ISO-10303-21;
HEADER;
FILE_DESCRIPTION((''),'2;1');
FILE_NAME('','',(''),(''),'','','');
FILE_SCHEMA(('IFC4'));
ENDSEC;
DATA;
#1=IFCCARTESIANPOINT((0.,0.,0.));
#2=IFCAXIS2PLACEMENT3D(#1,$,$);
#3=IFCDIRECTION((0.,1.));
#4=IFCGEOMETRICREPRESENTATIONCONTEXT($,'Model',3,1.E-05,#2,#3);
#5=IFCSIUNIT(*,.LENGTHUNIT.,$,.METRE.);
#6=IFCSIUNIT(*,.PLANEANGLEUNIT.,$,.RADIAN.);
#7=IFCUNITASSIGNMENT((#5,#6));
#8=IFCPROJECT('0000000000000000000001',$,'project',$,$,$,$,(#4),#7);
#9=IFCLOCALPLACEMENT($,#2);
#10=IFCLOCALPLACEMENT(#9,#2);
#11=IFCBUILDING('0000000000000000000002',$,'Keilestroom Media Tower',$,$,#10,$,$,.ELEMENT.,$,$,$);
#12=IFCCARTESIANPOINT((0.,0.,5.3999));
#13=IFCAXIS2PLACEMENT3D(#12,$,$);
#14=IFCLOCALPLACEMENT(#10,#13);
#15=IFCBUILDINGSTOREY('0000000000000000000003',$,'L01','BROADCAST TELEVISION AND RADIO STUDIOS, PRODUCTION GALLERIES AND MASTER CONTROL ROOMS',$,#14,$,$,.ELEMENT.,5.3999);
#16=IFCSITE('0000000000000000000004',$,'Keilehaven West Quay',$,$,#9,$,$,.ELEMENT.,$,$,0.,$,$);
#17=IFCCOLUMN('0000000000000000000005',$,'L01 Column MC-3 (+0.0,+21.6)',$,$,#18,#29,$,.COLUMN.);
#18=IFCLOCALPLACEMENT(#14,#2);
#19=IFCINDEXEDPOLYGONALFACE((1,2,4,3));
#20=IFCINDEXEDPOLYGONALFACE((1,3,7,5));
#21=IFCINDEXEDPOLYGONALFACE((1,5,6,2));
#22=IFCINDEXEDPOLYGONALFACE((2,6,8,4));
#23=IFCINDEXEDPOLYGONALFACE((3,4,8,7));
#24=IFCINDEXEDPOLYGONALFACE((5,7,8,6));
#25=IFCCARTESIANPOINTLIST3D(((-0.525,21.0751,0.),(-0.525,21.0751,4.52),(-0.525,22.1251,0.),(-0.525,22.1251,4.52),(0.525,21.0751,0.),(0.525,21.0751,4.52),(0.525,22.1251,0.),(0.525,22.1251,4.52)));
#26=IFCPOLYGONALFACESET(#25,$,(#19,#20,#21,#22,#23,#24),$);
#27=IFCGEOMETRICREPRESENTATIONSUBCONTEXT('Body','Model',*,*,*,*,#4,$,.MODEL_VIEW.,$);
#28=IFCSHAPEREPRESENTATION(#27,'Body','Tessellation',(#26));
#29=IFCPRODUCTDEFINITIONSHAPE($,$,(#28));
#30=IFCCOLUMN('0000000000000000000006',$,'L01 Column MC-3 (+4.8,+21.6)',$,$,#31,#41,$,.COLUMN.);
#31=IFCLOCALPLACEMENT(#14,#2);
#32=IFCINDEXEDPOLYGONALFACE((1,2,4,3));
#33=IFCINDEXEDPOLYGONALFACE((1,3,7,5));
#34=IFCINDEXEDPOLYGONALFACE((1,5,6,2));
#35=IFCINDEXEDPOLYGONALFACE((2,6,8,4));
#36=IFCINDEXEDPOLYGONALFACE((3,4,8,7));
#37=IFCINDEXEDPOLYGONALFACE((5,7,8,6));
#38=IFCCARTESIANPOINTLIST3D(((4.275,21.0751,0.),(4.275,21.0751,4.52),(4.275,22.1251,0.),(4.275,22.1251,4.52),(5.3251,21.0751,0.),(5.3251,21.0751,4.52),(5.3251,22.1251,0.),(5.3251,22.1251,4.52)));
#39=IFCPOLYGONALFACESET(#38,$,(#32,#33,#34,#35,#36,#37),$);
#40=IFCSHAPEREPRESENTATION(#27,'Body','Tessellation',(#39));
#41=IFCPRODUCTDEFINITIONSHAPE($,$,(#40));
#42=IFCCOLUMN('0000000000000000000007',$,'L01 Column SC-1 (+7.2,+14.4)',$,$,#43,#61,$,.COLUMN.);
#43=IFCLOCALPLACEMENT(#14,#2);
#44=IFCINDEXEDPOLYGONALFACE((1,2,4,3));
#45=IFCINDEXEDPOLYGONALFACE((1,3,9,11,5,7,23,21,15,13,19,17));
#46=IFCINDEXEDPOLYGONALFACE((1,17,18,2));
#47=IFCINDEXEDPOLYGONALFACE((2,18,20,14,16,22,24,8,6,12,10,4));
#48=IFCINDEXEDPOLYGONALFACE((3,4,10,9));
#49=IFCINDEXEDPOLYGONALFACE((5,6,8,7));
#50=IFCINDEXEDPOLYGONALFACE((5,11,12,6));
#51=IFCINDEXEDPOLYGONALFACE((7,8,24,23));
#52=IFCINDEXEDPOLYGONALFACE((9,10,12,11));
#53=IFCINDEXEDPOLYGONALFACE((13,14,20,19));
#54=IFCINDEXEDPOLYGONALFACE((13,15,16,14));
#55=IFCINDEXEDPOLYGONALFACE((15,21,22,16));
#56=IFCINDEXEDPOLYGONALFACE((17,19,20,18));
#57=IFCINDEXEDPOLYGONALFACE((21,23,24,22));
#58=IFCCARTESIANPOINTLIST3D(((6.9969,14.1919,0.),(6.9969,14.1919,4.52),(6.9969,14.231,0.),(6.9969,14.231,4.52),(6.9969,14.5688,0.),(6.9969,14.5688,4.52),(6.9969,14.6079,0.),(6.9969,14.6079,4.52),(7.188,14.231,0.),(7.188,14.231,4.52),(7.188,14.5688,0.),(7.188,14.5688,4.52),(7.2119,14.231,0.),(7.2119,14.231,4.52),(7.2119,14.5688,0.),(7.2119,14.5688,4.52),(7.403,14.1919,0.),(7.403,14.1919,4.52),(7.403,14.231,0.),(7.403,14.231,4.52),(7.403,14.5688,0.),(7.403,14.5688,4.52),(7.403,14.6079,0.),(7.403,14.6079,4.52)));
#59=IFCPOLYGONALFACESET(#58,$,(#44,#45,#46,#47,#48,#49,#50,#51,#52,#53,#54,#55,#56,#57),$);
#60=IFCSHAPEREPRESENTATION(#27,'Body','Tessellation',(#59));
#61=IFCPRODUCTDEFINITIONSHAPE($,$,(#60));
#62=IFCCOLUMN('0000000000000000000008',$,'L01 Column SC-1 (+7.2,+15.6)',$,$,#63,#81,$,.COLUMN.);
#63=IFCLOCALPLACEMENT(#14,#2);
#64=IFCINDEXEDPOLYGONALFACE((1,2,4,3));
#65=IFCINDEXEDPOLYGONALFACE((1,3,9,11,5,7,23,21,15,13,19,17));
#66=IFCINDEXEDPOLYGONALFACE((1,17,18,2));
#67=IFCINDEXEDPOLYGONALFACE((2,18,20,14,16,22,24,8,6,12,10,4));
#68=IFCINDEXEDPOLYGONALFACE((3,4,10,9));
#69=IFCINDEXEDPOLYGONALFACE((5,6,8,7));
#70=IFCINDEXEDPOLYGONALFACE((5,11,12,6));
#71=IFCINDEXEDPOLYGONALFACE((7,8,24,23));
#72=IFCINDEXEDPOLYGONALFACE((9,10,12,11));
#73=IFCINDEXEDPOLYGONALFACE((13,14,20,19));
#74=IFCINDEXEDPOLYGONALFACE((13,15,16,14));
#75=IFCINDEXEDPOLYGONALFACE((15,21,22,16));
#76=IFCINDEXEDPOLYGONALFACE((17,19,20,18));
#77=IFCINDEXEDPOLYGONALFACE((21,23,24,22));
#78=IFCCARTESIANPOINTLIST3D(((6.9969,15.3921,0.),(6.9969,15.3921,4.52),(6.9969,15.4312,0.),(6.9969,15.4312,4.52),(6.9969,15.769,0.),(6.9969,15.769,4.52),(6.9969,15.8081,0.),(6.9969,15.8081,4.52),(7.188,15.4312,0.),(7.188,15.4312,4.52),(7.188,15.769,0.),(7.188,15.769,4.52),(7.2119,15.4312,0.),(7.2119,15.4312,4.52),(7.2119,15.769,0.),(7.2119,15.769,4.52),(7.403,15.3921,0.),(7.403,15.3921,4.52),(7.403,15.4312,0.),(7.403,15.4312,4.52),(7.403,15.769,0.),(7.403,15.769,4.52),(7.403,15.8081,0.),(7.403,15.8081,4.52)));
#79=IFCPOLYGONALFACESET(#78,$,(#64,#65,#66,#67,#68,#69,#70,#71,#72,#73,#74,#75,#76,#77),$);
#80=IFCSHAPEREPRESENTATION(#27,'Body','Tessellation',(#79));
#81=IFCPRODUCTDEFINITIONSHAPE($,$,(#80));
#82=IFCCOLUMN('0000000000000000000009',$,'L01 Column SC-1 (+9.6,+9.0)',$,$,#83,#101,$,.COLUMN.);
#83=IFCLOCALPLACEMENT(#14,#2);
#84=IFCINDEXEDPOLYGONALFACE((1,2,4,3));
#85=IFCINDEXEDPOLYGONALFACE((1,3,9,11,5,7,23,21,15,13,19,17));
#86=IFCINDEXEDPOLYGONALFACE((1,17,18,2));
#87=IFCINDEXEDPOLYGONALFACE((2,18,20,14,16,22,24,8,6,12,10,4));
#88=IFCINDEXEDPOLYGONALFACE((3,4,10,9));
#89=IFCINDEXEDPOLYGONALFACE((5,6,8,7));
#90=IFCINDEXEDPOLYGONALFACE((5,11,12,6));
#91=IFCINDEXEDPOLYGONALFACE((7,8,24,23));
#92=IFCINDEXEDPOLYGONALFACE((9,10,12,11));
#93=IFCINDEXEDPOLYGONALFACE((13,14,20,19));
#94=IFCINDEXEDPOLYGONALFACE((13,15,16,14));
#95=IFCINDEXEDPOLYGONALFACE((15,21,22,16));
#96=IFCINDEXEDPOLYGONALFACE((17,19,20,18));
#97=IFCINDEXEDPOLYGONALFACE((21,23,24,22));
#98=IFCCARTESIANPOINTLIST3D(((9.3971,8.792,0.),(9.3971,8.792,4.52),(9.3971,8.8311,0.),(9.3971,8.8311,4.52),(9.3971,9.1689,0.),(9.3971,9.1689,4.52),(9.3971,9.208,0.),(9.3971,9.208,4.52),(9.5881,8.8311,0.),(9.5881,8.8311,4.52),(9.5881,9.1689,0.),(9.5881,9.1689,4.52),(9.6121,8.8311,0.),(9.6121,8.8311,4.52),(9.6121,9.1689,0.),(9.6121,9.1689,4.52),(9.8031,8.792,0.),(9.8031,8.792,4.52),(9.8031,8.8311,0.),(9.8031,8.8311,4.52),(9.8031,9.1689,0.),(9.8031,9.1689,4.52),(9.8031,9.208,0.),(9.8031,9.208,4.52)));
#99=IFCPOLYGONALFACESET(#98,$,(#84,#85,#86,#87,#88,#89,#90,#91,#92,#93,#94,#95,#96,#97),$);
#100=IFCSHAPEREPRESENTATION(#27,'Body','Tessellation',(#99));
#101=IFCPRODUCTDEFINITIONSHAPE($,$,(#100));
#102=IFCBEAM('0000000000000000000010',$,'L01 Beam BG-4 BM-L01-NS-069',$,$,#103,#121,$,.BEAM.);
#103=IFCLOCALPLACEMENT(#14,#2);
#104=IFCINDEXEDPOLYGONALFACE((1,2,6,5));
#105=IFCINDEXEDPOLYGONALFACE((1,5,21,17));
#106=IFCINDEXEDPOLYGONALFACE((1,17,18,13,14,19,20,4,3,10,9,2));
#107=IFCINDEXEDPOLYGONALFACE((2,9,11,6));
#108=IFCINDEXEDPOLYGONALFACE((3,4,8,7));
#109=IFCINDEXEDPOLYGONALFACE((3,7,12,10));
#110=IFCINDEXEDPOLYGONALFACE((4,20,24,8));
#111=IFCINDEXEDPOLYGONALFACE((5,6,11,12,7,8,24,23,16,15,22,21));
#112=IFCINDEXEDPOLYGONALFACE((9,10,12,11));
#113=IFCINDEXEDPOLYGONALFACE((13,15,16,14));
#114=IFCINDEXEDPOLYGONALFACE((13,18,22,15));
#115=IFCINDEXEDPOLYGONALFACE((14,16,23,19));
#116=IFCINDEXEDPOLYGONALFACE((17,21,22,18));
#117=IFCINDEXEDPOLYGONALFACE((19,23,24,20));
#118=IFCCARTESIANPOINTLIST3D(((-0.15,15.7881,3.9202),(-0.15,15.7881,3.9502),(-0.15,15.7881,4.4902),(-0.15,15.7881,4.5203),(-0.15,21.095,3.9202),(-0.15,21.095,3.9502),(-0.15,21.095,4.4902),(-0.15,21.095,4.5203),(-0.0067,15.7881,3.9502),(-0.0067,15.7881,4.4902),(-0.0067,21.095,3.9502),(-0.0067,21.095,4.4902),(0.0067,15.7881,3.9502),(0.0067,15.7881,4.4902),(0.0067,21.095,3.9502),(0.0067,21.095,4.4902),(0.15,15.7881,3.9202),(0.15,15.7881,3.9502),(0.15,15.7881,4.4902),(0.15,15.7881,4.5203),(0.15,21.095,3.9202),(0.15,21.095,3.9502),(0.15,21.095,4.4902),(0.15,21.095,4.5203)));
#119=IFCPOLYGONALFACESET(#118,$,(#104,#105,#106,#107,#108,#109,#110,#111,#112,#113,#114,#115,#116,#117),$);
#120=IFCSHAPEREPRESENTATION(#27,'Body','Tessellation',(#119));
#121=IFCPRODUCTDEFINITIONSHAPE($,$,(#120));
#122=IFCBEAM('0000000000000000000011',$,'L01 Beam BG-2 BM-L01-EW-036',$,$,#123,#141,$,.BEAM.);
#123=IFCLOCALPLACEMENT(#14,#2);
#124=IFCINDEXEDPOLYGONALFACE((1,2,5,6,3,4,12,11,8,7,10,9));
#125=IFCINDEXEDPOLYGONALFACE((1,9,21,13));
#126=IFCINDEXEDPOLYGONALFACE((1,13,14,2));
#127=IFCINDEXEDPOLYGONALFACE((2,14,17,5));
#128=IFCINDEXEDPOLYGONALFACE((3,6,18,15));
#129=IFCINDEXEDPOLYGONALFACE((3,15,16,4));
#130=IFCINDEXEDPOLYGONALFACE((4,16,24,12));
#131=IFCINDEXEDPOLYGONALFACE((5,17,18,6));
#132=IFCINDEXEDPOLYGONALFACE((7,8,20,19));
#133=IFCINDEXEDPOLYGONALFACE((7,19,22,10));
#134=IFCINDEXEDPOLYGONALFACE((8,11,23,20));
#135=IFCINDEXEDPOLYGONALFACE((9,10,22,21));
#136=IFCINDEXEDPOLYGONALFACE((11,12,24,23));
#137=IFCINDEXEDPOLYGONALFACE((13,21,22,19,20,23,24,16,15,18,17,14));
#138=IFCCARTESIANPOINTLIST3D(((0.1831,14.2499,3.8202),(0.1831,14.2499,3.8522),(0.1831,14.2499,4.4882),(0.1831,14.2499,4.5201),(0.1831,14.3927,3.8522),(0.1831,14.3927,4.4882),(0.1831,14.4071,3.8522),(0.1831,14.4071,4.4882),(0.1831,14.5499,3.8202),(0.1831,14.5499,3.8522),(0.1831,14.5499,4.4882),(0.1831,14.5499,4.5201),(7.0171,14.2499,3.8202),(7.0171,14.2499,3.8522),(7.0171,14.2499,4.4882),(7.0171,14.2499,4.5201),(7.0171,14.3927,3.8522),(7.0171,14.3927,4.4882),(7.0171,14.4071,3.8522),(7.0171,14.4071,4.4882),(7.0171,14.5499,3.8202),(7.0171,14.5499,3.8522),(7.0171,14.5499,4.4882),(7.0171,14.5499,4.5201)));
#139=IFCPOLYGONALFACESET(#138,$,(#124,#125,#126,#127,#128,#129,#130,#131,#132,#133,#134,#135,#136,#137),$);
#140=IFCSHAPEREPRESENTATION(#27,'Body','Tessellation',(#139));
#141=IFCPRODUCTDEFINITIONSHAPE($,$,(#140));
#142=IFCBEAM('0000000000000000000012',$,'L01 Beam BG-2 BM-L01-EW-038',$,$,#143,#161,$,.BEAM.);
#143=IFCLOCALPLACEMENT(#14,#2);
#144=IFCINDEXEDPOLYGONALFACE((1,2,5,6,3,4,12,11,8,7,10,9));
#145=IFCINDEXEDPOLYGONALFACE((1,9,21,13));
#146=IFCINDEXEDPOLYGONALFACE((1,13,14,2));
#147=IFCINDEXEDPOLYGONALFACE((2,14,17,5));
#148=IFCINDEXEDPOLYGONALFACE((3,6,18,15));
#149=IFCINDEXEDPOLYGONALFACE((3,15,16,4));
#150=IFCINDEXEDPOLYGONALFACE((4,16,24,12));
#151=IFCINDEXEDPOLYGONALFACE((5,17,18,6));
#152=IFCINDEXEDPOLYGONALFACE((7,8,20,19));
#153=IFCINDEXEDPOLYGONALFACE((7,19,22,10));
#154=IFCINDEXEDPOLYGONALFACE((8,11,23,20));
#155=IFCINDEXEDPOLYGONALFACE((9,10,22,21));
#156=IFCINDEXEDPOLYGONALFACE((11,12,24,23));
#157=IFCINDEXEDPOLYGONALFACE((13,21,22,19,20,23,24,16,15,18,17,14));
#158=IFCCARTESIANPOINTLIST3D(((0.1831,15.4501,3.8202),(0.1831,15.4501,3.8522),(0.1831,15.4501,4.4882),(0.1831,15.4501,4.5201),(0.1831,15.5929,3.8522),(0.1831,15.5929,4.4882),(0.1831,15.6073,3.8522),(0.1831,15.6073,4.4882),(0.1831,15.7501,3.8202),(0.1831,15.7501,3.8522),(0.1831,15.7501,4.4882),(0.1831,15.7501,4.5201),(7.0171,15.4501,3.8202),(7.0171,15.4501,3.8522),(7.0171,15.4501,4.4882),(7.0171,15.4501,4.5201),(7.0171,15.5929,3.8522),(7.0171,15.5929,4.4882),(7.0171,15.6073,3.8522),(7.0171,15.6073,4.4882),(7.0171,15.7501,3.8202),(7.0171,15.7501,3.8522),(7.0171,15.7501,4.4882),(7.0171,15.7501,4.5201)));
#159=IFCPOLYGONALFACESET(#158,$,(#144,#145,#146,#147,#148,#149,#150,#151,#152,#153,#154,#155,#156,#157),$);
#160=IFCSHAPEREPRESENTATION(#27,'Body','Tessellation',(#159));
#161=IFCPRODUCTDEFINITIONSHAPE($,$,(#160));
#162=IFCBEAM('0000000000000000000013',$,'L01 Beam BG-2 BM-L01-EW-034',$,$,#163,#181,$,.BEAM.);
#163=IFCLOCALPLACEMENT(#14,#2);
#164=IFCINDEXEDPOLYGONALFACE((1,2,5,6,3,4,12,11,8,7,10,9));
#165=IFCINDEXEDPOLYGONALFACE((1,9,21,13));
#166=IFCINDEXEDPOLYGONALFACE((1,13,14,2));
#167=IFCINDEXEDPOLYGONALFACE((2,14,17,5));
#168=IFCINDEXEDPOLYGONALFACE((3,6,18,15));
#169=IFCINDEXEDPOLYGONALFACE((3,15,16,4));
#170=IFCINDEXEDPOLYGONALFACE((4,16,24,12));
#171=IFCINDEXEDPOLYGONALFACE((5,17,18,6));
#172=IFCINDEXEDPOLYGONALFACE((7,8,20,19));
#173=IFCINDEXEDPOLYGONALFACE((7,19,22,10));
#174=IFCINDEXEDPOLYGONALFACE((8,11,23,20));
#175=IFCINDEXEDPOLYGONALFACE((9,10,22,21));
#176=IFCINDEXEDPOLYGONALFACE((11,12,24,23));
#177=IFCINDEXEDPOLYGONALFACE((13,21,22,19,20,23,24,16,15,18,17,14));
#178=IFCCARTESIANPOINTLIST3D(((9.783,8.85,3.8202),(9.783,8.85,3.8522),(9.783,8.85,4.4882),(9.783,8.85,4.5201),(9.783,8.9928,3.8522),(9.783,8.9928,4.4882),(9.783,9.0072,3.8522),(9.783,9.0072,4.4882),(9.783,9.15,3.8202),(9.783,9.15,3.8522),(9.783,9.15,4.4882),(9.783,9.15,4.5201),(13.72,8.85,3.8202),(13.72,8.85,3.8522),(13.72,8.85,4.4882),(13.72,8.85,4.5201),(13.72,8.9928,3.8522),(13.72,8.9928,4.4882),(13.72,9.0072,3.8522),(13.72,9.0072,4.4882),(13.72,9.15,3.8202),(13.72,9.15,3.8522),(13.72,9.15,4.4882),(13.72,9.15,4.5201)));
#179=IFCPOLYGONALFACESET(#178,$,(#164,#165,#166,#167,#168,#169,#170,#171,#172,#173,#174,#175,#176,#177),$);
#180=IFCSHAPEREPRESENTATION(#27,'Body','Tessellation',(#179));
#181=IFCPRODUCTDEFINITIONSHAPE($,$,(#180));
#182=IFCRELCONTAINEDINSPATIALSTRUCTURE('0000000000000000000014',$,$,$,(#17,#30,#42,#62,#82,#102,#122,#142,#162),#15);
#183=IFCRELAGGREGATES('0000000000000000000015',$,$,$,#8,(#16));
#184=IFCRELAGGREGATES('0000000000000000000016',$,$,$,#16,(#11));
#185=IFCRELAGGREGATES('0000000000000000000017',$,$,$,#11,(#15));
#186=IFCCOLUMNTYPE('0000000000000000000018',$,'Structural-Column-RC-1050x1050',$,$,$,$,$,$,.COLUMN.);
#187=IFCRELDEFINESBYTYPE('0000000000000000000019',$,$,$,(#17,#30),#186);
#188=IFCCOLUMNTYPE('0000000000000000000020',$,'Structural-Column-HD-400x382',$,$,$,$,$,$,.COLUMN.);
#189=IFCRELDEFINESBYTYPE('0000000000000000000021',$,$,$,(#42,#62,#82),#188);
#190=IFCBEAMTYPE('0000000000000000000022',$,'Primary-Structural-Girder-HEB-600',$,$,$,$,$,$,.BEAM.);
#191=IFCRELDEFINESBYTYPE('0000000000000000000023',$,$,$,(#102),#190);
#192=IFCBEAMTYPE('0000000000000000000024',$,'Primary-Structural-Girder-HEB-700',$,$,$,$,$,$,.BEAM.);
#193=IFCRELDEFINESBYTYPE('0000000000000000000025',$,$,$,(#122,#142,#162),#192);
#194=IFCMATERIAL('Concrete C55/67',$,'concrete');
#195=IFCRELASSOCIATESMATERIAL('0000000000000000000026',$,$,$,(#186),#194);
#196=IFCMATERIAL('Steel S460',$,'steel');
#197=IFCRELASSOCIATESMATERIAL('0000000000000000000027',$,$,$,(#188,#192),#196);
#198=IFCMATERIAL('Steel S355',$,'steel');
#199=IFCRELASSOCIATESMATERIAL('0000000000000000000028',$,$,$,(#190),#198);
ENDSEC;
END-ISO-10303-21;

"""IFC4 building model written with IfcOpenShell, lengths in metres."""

from ifc_helpers import new_model, si_unit, direction, frame, origin, origin_2d, place, context, subcontext, project, spatial, rectangle, i_section, extrude, source, transform, mapped, material, material_profile, profile_set, type_object, element, save


model = new_model("IFC4")

# Units and contexts
model_context = context("Model", 3, precision=1e-05, world=origin(), true_north=direction((0.0, 1.0)))
body_context = subcontext(model_context, "Body", "Model", "MODEL_VIEW")
ifc_project = project(units=[si_unit("LENGTHUNIT", "METRE"), si_unit("PLANEANGLEUNIT", "RADIAN")], contexts=[model_context])

# Site, building, storey
site_placement = place(None, origin())
site = spatial("IfcSite", under=ifc_project, at=site_placement, Name="Keilehaven West Quay", CompositionType="ELEMENT", RefElevation=0.0)
building_placement = place(site_placement, origin())
building = spatial("IfcBuilding", under=site, at=building_placement, Name="Keilestroom Media Tower", CompositionType="ELEMENT")
storey_placement = place(building_placement, frame((0.0, 0.0, 5.3999)))
storey = spatial("IfcBuildingStorey", under=building, at=storey_placement, Name="L01", Description="BROADCAST TELEVISION AND RADIO STUDIOS, PRODUCTION GALLERIES AND MASTER CONTROL ROOMS", CompositionType="ELEMENT", Elevation=5.3999)

# Columns
ifc_material_1 = material(Name="Concrete C55/67", Category="concrete")
ifc_material_profile_1 = material_profile(ifc_material_1, rectangle(XDim=1.05, YDim=1.05, at=origin_2d()), Name="RC 1050x1050")
ifc_profile_set_1 = profile_set([ifc_material_profile_1], Name="Concrete C55/67")
column_type_1 = type_object("IfcColumnType", Name="Structural-Column-RC-1050x1050", PredefinedType="COLUMN", material=ifc_profile_set_1)
shared_shape_1 = source(origin(), body_context, "Body", "SweptSolid", [
    extrude(rectangle(XDim=1.05, YDim=1.05, at=origin_2d()), origin(), (0.0, 0.0, 1.0), 4.52),
])
for number, where, z_axis, x_axis, name in (
    (1, (0.0, 21.6001, 0.0), (0.0, 0.0, 1.0), (1.0, 0.0, 0.0), "L01 Column MC-3 (+0.0,+21.6)"),
    (2, (4.8, 21.6001, 0.0), (0.0, 0.0, 1.0), (1.0, 0.0, 0.0), "L01 Column MC-3 (+4.8,+21.6)"),
):
    element("IfcColumn", number, at=place(storey_placement, frame(where, z_axis=z_axis, x_axis=x_axis)), inside=storey, type_object=column_type_1, Name=name, PredefinedType="COLUMN", context=body_context, shape_type="MappedRepresentation", body=[
        mapped(shared_shape_1, transform((0.0, 0.0, 0.0), x_axis=(1.0, 0.0, 0.0), y_axis=(0.0, 1.0, 0.0), z_axis=(0.0, 0.0, 1.0), scale=1.0)),
    ])
ifc_material_2 = material(Name="Steel S460", Category="steel")
ifc_material_profile_2 = material_profile(ifc_material_2, i_section(OverallWidth=0.406, OverallDepth=0.416, WebThickness=0.0239, FlangeThickness=0.0391, at=origin_2d()), Name="HD 400x382")
ifc_profile_set_2 = profile_set([ifc_material_profile_2], Name="Steel S460")
column_type_2 = type_object("IfcColumnType", Name="Structural-Column-HD-400x382", PredefinedType="COLUMN", material=ifc_profile_set_2)
shared_shape_2 = source(origin(), body_context, "Body", "SweptSolid", [
    extrude(i_section(OverallWidth=0.406, OverallDepth=0.416, WebThickness=0.0239, FlangeThickness=0.0391, at=origin_2d()), origin(), (0.0, 0.0, 1.0), 4.52),
])
for number, where, z_axis, x_axis, name in (
    (3, (7.2, 14.3999, 0.0), (0.0, 0.0, 1.0), (1.0, 0.0, 0.0), "L01 Column SC-1 (+7.2,+14.4)"),
    (4, (7.2, 15.6001, 0.0), (0.0, 0.0, 1.0), (1.0, 0.0, 0.0), "L01 Column SC-1 (+7.2,+15.6)"),
    (5, (9.6001, 9.0, 0.0), (0.0, 0.0, 1.0), (1.0, 0.0, 0.0), "L01 Column SC-1 (+9.6,+9.0)"),
):
    element("IfcColumn", number, at=place(storey_placement, frame(where, z_axis=z_axis, x_axis=x_axis)), inside=storey, type_object=column_type_2, Name=name, PredefinedType="COLUMN", context=body_context, shape_type="MappedRepresentation", body=[
        mapped(shared_shape_2, transform((0.0, 0.0, 0.0), x_axis=(1.0, 0.0, 0.0), y_axis=(0.0, 1.0, 0.0), z_axis=(0.0, 0.0, 1.0), scale=1.0)),
    ])

# Beams
ifc_material_3 = material(Name="Steel S355", Category="steel")
ifc_material_profile_3 = material_profile(ifc_material_3, i_section(OverallWidth=0.3, OverallDepth=0.6001, WebThickness=0.0134, FlangeThickness=0.03, at=origin_2d()), Name="HEB 600")
ifc_profile_set_3 = profile_set([ifc_material_profile_3], Name="Steel S355")
beam_type_1 = type_object("IfcBeamType", Name="Primary-Structural-Girder-HEB-600", PredefinedType="BEAM", material=ifc_profile_set_3)
shared_shape_3 = source(origin(), body_context, "Body", "SweptSolid", [
    extrude(i_section(OverallWidth=0.3, OverallDepth=0.6001, WebThickness=0.0134, FlangeThickness=0.03, at=origin_2d()), origin(), (0.0, 0.0, 1.0), 5.3069),
])
beam_1_placement = place(storey_placement, frame((0.0, 15.7881, 4.2202), z_axis=(0.0, 1.0, 0.0), x_axis=(-1.0, 0.0, 0.0)))
element("IfcBeam", 6, at=beam_1_placement, inside=storey, type_object=beam_type_1, Name="L01 Beam BG-4 BM-L01-NS-069", PredefinedType="BEAM", context=body_context, shape_type="MappedRepresentation", body=[
    mapped(shared_shape_3, transform((0.0, 0.0, 0.0), x_axis=(1.0, 0.0, 0.0), y_axis=(0.0, 1.0, 0.0), z_axis=(0.0, 0.0, 1.0), scale=1.0)),
])
ifc_material_profile_4 = material_profile(ifc_material_2, i_section(OverallWidth=0.3, OverallDepth=0.7, WebThickness=0.0144, FlangeThickness=0.032, at=origin_2d()), Name="HEB 700")
ifc_profile_set_4 = profile_set([ifc_material_profile_4], Name="Steel S460")
beam_type_2 = type_object("IfcBeamType", Name="Primary-Structural-Girder-HEB-700", PredefinedType="BEAM", material=ifc_profile_set_4)
shared_shape_4 = source(origin(), body_context, "Body", "SweptSolid", [
    extrude(i_section(OverallWidth=0.3, OverallDepth=0.7, WebThickness=0.0144, FlangeThickness=0.032, at=origin_2d()), origin(), (0.0, 0.0, 1.0), 6.834),
])
for number, where, z_axis, x_axis, name in (
    (7, (0.1831, 14.3999, 4.1702), (1.0, 0.0, 0.0), (0.0, 1.0, 0.0), "L01 Beam BG-2 BM-L01-EW-036"),
    (8, (0.1831, 15.6001, 4.1702), (1.0, 0.0, 0.0), (0.0, 1.0, 0.0), "L01 Beam BG-2 BM-L01-EW-038"),
):
    element("IfcBeam", number, at=place(storey_placement, frame(where, z_axis=z_axis, x_axis=x_axis)), inside=storey, type_object=beam_type_2, Name=name, PredefinedType="BEAM", context=body_context, shape_type="MappedRepresentation", body=[
        mapped(shared_shape_4, transform((0.0, 0.0, 0.0), x_axis=(1.0, 0.0, 0.0), y_axis=(0.0, 1.0, 0.0), z_axis=(0.0, 0.0, 1.0), scale=1.0)),
    ])
shared_shape_5 = source(origin(), body_context, "Body", "SweptSolid", [
    extrude(i_section(OverallWidth=0.3, OverallDepth=0.7, WebThickness=0.0144, FlangeThickness=0.032, at=origin_2d()), origin(), (0.0, 0.0, 1.0), 3.937),
])
beam_2_placement = place(storey_placement, frame((9.783, 9.0, 4.1702), z_axis=(1.0, 0.0, 0.0), x_axis=(0.0, 1.0, 0.0)))
element("IfcBeam", 9, at=beam_2_placement, inside=storey, type_object=beam_type_2, Name="L01 Beam BG-2 BM-L01-EW-034", PredefinedType="BEAM", context=body_context, shape_type="MappedRepresentation", body=[
    mapped(shared_shape_5, transform((0.0, 0.0, 0.0), x_axis=(1.0, 0.0, 0.0), y_axis=(0.0, 1.0, 0.0), z_axis=(0.0, 0.0, 1.0), scale=1.0)),
])

save(model, "model.ifc")
